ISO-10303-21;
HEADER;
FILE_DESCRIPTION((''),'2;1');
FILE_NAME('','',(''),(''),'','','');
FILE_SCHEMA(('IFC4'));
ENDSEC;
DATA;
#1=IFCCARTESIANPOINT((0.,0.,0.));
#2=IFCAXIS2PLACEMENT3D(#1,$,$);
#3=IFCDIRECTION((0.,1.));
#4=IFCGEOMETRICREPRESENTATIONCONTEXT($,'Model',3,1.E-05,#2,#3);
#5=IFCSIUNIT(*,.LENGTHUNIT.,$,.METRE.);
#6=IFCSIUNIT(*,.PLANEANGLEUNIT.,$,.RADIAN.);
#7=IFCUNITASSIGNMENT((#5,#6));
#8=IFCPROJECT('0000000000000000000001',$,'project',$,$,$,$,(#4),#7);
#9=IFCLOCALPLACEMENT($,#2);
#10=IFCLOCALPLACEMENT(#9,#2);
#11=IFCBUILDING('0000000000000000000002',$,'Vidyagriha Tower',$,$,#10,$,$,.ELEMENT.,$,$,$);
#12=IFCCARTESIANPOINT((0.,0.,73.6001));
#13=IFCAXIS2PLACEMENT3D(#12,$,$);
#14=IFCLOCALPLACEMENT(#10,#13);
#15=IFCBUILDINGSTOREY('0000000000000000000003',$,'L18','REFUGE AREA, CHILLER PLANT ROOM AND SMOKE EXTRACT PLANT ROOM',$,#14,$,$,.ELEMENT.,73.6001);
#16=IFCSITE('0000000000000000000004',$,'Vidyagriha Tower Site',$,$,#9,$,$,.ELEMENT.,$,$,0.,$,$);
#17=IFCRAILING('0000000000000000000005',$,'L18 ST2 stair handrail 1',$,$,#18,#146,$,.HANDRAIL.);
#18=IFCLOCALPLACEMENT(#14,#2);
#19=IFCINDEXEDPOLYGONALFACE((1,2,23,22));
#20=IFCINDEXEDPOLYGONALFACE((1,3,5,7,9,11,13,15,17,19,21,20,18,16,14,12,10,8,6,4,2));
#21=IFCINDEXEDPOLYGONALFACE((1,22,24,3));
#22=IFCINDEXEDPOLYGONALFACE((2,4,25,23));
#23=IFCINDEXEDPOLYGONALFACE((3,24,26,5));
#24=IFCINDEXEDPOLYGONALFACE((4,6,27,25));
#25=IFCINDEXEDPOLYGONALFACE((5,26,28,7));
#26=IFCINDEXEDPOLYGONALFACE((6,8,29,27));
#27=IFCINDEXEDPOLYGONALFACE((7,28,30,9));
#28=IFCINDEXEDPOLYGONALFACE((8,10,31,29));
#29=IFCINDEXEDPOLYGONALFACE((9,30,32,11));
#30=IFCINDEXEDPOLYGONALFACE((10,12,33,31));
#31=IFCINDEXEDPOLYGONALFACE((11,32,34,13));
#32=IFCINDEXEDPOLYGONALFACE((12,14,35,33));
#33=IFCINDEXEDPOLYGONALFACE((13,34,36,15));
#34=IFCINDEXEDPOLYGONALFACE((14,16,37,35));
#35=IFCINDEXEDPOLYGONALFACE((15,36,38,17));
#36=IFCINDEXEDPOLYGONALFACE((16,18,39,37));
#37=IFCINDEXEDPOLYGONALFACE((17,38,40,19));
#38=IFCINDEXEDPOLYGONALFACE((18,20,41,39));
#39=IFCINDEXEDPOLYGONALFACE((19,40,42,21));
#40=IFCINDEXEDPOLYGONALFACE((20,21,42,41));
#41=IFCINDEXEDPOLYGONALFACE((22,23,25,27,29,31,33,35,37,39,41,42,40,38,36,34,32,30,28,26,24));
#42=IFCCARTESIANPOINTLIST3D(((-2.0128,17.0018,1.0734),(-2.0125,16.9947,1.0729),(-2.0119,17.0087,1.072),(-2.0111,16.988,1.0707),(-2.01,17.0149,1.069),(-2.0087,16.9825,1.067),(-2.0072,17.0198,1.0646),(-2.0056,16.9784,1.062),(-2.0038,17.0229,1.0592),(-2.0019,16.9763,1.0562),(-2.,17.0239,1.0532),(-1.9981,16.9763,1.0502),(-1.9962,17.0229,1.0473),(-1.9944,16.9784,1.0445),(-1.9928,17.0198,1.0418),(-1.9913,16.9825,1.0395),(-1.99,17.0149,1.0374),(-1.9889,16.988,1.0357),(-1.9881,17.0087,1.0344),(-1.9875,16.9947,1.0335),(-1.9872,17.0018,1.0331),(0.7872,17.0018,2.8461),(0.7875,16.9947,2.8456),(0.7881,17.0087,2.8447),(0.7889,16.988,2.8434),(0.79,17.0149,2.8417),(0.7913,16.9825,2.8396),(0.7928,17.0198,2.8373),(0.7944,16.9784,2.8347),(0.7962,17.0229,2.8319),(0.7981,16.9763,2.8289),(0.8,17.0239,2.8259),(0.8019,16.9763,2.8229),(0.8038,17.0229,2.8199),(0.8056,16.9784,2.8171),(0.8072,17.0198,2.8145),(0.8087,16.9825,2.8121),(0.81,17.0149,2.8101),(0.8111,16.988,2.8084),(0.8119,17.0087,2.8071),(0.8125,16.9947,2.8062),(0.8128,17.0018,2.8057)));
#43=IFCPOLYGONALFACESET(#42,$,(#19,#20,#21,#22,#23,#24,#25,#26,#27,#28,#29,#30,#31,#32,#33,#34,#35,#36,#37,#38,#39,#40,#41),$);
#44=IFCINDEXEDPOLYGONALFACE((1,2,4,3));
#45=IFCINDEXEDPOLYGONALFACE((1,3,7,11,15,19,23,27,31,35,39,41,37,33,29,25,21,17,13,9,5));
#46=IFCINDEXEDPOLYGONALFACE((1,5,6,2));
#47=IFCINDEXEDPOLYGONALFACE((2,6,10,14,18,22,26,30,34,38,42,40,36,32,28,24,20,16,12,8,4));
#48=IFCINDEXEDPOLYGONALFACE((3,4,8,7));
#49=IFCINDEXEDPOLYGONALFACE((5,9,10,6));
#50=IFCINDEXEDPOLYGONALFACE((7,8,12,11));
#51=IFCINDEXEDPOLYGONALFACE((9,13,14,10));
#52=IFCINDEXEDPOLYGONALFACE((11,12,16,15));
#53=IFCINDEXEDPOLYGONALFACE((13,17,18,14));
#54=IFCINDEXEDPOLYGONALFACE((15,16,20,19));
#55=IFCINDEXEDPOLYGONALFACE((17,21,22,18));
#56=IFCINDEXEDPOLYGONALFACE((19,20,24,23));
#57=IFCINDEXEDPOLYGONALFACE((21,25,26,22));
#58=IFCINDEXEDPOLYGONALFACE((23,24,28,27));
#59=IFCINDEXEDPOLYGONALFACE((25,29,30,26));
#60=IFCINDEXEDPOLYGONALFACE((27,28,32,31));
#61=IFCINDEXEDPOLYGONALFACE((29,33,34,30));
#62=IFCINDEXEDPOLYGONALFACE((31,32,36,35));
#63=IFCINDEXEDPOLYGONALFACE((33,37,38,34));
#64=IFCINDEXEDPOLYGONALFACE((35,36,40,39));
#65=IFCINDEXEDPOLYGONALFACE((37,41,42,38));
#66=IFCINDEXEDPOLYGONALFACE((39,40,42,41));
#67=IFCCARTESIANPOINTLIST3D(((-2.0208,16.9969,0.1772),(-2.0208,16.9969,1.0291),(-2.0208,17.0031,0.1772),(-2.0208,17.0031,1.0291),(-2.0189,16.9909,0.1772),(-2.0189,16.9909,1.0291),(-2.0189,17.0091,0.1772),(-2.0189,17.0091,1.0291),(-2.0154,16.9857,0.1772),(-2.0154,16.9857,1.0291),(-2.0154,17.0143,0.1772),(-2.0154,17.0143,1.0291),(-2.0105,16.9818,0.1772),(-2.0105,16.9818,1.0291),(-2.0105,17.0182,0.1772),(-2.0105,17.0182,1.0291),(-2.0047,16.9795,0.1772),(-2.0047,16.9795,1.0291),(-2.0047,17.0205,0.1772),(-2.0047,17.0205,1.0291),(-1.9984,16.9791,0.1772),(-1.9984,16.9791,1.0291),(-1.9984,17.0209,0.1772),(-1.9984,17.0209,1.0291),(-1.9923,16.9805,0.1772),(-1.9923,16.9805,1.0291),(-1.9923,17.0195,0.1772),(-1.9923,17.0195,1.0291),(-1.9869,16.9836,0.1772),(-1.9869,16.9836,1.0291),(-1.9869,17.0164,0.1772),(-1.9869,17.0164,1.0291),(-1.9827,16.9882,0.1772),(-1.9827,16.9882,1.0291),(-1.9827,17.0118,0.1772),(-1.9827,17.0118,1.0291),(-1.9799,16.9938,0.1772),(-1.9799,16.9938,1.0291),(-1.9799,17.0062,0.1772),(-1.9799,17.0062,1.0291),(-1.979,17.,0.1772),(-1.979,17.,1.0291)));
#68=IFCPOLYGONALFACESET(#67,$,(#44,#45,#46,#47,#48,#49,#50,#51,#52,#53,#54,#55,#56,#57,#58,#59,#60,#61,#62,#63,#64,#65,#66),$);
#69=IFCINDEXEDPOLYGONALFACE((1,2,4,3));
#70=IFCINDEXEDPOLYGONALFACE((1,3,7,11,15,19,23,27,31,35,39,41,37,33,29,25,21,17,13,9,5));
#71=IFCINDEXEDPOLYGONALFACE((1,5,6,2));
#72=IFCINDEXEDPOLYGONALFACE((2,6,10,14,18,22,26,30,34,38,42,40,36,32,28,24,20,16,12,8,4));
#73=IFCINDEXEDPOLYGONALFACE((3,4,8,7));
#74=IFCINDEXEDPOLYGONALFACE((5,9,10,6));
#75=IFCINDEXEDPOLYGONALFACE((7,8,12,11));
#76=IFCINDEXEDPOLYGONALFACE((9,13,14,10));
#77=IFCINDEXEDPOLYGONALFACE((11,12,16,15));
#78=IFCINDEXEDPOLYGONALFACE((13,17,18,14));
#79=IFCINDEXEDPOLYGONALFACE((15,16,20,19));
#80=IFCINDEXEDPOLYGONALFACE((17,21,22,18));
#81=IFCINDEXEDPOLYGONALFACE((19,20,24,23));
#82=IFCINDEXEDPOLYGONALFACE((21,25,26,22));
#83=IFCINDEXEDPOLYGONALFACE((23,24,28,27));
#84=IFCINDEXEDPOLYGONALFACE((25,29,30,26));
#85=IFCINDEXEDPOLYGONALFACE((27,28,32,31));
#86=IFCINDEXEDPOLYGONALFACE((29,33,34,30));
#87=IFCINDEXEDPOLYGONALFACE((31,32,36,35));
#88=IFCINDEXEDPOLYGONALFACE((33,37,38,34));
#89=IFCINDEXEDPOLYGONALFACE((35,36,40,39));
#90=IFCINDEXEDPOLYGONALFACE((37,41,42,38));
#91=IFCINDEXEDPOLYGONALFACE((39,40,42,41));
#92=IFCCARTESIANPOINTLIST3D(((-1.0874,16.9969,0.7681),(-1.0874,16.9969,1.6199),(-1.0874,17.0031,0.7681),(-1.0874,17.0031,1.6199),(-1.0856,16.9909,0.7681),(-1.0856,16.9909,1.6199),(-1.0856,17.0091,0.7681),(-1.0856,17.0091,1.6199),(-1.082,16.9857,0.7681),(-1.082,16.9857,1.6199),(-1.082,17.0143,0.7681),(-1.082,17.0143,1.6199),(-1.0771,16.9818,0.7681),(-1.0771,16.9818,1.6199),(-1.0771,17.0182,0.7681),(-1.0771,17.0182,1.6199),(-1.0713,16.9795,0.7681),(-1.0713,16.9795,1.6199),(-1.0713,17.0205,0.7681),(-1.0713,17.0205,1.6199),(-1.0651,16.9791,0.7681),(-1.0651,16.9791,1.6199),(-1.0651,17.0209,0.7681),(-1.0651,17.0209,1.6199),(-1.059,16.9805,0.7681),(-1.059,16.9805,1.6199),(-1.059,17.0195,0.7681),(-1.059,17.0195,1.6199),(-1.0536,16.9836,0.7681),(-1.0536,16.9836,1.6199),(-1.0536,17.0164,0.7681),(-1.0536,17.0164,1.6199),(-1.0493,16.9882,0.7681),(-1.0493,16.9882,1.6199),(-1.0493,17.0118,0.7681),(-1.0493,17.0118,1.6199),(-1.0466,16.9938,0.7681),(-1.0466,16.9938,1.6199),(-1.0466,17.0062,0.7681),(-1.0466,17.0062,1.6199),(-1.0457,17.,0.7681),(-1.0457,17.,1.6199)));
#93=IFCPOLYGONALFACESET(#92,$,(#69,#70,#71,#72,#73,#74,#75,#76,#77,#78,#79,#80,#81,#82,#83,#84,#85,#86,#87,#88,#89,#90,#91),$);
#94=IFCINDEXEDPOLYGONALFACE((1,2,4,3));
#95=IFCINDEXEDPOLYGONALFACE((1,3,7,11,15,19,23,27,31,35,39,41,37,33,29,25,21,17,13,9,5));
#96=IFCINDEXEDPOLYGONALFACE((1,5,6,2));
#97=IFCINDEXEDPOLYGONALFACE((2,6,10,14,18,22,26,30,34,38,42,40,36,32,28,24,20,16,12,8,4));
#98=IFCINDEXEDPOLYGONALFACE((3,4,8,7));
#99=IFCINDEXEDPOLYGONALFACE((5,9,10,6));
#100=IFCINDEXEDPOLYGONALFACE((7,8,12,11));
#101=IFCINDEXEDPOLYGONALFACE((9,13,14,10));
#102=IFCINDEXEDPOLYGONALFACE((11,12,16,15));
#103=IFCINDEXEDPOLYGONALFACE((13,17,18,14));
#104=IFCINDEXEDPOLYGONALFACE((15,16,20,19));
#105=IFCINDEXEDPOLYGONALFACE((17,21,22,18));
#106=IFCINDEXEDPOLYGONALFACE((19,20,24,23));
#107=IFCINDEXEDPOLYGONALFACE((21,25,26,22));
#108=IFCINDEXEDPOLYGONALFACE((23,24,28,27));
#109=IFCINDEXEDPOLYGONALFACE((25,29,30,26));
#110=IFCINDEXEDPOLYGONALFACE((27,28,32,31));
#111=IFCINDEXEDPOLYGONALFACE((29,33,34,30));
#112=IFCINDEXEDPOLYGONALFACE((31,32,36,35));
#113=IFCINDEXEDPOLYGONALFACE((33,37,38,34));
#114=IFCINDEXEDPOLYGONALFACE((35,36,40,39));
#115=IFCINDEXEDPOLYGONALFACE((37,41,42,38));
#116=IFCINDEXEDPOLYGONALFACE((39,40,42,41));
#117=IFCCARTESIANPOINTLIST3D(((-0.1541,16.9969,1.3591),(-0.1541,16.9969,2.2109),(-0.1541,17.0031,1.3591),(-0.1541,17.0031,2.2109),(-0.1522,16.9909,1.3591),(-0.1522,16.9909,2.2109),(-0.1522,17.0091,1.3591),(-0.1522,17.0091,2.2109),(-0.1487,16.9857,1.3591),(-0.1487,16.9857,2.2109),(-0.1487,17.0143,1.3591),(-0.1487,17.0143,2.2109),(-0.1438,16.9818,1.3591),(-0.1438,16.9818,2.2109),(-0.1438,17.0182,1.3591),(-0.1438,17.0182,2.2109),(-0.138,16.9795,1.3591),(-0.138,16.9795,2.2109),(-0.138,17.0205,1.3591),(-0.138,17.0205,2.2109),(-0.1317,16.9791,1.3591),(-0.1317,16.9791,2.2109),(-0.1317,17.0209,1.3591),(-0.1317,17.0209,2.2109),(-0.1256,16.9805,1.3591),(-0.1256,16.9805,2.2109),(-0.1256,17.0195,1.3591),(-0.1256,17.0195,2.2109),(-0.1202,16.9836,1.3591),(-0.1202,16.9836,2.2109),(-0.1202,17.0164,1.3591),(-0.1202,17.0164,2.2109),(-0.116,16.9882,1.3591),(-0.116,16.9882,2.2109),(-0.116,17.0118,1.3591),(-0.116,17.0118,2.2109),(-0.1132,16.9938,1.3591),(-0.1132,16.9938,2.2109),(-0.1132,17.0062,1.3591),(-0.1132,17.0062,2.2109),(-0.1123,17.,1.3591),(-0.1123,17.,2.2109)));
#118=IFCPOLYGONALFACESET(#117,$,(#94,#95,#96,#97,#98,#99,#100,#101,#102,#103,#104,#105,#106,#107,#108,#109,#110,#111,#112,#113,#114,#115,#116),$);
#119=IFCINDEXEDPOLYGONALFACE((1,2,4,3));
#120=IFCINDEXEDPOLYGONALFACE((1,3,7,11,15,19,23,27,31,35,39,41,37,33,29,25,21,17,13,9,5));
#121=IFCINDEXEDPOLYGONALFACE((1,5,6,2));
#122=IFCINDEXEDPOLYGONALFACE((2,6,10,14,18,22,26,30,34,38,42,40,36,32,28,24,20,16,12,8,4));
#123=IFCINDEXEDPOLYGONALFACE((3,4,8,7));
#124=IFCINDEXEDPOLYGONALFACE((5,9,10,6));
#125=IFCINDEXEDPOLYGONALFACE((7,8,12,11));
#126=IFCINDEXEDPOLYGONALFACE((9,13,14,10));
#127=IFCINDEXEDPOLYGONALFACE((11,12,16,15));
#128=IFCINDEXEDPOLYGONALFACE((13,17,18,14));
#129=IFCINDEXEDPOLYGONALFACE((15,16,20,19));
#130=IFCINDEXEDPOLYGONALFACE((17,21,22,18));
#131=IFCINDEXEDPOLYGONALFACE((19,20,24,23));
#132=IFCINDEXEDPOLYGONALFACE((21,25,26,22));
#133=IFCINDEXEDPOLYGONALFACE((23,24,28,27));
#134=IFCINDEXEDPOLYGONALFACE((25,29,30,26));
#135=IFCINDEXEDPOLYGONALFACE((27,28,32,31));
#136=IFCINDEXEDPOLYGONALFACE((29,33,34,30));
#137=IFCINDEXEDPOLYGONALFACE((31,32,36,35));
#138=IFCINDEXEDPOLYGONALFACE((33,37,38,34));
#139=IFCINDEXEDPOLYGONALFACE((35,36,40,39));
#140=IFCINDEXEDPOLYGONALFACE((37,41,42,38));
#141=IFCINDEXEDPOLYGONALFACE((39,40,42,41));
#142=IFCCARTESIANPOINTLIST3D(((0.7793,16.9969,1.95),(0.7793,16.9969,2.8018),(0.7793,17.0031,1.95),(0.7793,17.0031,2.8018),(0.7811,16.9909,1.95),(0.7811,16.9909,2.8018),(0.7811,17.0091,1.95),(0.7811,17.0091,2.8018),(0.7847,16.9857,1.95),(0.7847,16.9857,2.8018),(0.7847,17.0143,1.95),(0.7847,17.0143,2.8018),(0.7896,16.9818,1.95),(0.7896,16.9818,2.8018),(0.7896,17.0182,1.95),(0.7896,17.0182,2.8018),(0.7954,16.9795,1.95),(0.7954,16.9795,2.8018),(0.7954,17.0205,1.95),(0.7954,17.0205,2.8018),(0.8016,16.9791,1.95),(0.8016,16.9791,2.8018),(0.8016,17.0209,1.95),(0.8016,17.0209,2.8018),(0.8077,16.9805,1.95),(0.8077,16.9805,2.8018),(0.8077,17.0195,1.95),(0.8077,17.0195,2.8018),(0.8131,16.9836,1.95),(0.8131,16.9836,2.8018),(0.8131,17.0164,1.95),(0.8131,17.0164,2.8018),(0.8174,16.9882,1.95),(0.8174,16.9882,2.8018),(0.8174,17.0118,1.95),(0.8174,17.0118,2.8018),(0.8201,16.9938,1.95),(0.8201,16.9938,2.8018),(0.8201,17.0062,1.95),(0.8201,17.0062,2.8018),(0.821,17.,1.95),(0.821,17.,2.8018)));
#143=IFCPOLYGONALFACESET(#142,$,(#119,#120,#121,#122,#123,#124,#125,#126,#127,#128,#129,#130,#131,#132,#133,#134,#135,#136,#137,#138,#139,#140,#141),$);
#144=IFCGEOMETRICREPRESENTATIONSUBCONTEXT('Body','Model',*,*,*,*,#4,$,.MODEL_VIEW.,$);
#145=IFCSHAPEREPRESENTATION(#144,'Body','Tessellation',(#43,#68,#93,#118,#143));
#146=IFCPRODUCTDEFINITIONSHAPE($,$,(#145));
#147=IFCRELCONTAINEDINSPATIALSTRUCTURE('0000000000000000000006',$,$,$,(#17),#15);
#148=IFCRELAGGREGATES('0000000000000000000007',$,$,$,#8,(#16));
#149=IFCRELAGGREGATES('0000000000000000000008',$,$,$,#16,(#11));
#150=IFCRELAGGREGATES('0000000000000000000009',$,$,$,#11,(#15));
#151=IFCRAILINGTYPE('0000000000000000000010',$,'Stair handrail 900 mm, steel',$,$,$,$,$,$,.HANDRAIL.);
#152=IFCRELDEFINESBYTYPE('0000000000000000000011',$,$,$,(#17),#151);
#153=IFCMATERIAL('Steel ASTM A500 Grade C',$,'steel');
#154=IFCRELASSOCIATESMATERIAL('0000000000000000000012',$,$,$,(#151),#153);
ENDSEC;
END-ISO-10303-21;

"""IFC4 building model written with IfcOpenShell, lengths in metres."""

from ifc_helpers import new_model, si_unit, direction, frame, origin, origin_2d, place, context, subcontext, project, spatial, circle, extrude, material, type_object, element, save


model = new_model("IFC4")

# Units and contexts
model_context = context("Model", 3, precision=1e-05, world=origin(), true_north=direction((0.0, 1.0)))
body_context = subcontext(model_context, "Body", "Model", "MODEL_VIEW")
ifc_project = project(units=[si_unit("LENGTHUNIT", "METRE"), si_unit("PLANEANGLEUNIT", "RADIAN")], contexts=[model_context])

# Site, building, storey
site_placement = place(None, origin())
site = spatial("IfcSite", under=ifc_project, at=site_placement, Name="Vidyagriha Tower Site", CompositionType="ELEMENT", RefElevation=0.0)
building_placement = place(site_placement, origin())
building = spatial("IfcBuilding", under=site, at=building_placement, Name="Vidyagriha Tower", CompositionType="ELEMENT")
storey_placement = place(building_placement, frame((0.0, 0.0, 73.6001)))
storey = spatial("IfcBuildingStorey", under=building, at=storey_placement, Name="L18", Description="REFUGE AREA, CHILLER PLANT ROOM AND SMOKE EXTRACT PLANT ROOM", CompositionType="ELEMENT", Elevation=73.6001)

# Railing
ifc_material_1 = material(Name="Steel ASTM A500 Grade C", Category="steel")
railing_type_1 = type_object("IfcRailingType", Name="Stair handrail 900 mm, steel", PredefinedType="HANDRAIL", material=ifc_material_1)
railing_1_placement = place(storey_placement, frame((-2.0, 17.0, 0.1772)))
element("IfcRailing", 1, at=railing_1_placement, inside=storey, type_object=railing_type_1, Name="L18 ST2 stair handrail 1", PredefinedType="HANDRAIL", context=body_context, shape_type="SweptSolid", body=[
    extrude(circle(Radius=0.0239, at=origin_2d()), frame((0.0, 0.0, 0.876), z_axis=(0.844909, 0.0, 0.53491), x_axis=(0.0, 1.0, 0.0)), (0.0, 0.0, 1.0), 3.314),
    extrude(circle(Radius=0.021, at=origin_2d()), origin(), (0.0, 0.0, 1.0), 0.8518),
    extrude(circle(Radius=0.021, at=origin_2d()), frame((0.9333, 0.0, 0.5908)), (0.0, 0.0, 1.0), 0.8518),
    extrude(circle(Radius=0.021, at=origin_2d()), frame((1.8667, 0.0, 1.1819)), (0.0, 0.0, 1.0), 0.8518),
    extrude(circle(Radius=0.021, at=origin_2d()), frame((2.8, 0.0, 1.7727)), (0.0, 0.0, 1.0), 0.8518),
])

save(model, "model.ifc")
